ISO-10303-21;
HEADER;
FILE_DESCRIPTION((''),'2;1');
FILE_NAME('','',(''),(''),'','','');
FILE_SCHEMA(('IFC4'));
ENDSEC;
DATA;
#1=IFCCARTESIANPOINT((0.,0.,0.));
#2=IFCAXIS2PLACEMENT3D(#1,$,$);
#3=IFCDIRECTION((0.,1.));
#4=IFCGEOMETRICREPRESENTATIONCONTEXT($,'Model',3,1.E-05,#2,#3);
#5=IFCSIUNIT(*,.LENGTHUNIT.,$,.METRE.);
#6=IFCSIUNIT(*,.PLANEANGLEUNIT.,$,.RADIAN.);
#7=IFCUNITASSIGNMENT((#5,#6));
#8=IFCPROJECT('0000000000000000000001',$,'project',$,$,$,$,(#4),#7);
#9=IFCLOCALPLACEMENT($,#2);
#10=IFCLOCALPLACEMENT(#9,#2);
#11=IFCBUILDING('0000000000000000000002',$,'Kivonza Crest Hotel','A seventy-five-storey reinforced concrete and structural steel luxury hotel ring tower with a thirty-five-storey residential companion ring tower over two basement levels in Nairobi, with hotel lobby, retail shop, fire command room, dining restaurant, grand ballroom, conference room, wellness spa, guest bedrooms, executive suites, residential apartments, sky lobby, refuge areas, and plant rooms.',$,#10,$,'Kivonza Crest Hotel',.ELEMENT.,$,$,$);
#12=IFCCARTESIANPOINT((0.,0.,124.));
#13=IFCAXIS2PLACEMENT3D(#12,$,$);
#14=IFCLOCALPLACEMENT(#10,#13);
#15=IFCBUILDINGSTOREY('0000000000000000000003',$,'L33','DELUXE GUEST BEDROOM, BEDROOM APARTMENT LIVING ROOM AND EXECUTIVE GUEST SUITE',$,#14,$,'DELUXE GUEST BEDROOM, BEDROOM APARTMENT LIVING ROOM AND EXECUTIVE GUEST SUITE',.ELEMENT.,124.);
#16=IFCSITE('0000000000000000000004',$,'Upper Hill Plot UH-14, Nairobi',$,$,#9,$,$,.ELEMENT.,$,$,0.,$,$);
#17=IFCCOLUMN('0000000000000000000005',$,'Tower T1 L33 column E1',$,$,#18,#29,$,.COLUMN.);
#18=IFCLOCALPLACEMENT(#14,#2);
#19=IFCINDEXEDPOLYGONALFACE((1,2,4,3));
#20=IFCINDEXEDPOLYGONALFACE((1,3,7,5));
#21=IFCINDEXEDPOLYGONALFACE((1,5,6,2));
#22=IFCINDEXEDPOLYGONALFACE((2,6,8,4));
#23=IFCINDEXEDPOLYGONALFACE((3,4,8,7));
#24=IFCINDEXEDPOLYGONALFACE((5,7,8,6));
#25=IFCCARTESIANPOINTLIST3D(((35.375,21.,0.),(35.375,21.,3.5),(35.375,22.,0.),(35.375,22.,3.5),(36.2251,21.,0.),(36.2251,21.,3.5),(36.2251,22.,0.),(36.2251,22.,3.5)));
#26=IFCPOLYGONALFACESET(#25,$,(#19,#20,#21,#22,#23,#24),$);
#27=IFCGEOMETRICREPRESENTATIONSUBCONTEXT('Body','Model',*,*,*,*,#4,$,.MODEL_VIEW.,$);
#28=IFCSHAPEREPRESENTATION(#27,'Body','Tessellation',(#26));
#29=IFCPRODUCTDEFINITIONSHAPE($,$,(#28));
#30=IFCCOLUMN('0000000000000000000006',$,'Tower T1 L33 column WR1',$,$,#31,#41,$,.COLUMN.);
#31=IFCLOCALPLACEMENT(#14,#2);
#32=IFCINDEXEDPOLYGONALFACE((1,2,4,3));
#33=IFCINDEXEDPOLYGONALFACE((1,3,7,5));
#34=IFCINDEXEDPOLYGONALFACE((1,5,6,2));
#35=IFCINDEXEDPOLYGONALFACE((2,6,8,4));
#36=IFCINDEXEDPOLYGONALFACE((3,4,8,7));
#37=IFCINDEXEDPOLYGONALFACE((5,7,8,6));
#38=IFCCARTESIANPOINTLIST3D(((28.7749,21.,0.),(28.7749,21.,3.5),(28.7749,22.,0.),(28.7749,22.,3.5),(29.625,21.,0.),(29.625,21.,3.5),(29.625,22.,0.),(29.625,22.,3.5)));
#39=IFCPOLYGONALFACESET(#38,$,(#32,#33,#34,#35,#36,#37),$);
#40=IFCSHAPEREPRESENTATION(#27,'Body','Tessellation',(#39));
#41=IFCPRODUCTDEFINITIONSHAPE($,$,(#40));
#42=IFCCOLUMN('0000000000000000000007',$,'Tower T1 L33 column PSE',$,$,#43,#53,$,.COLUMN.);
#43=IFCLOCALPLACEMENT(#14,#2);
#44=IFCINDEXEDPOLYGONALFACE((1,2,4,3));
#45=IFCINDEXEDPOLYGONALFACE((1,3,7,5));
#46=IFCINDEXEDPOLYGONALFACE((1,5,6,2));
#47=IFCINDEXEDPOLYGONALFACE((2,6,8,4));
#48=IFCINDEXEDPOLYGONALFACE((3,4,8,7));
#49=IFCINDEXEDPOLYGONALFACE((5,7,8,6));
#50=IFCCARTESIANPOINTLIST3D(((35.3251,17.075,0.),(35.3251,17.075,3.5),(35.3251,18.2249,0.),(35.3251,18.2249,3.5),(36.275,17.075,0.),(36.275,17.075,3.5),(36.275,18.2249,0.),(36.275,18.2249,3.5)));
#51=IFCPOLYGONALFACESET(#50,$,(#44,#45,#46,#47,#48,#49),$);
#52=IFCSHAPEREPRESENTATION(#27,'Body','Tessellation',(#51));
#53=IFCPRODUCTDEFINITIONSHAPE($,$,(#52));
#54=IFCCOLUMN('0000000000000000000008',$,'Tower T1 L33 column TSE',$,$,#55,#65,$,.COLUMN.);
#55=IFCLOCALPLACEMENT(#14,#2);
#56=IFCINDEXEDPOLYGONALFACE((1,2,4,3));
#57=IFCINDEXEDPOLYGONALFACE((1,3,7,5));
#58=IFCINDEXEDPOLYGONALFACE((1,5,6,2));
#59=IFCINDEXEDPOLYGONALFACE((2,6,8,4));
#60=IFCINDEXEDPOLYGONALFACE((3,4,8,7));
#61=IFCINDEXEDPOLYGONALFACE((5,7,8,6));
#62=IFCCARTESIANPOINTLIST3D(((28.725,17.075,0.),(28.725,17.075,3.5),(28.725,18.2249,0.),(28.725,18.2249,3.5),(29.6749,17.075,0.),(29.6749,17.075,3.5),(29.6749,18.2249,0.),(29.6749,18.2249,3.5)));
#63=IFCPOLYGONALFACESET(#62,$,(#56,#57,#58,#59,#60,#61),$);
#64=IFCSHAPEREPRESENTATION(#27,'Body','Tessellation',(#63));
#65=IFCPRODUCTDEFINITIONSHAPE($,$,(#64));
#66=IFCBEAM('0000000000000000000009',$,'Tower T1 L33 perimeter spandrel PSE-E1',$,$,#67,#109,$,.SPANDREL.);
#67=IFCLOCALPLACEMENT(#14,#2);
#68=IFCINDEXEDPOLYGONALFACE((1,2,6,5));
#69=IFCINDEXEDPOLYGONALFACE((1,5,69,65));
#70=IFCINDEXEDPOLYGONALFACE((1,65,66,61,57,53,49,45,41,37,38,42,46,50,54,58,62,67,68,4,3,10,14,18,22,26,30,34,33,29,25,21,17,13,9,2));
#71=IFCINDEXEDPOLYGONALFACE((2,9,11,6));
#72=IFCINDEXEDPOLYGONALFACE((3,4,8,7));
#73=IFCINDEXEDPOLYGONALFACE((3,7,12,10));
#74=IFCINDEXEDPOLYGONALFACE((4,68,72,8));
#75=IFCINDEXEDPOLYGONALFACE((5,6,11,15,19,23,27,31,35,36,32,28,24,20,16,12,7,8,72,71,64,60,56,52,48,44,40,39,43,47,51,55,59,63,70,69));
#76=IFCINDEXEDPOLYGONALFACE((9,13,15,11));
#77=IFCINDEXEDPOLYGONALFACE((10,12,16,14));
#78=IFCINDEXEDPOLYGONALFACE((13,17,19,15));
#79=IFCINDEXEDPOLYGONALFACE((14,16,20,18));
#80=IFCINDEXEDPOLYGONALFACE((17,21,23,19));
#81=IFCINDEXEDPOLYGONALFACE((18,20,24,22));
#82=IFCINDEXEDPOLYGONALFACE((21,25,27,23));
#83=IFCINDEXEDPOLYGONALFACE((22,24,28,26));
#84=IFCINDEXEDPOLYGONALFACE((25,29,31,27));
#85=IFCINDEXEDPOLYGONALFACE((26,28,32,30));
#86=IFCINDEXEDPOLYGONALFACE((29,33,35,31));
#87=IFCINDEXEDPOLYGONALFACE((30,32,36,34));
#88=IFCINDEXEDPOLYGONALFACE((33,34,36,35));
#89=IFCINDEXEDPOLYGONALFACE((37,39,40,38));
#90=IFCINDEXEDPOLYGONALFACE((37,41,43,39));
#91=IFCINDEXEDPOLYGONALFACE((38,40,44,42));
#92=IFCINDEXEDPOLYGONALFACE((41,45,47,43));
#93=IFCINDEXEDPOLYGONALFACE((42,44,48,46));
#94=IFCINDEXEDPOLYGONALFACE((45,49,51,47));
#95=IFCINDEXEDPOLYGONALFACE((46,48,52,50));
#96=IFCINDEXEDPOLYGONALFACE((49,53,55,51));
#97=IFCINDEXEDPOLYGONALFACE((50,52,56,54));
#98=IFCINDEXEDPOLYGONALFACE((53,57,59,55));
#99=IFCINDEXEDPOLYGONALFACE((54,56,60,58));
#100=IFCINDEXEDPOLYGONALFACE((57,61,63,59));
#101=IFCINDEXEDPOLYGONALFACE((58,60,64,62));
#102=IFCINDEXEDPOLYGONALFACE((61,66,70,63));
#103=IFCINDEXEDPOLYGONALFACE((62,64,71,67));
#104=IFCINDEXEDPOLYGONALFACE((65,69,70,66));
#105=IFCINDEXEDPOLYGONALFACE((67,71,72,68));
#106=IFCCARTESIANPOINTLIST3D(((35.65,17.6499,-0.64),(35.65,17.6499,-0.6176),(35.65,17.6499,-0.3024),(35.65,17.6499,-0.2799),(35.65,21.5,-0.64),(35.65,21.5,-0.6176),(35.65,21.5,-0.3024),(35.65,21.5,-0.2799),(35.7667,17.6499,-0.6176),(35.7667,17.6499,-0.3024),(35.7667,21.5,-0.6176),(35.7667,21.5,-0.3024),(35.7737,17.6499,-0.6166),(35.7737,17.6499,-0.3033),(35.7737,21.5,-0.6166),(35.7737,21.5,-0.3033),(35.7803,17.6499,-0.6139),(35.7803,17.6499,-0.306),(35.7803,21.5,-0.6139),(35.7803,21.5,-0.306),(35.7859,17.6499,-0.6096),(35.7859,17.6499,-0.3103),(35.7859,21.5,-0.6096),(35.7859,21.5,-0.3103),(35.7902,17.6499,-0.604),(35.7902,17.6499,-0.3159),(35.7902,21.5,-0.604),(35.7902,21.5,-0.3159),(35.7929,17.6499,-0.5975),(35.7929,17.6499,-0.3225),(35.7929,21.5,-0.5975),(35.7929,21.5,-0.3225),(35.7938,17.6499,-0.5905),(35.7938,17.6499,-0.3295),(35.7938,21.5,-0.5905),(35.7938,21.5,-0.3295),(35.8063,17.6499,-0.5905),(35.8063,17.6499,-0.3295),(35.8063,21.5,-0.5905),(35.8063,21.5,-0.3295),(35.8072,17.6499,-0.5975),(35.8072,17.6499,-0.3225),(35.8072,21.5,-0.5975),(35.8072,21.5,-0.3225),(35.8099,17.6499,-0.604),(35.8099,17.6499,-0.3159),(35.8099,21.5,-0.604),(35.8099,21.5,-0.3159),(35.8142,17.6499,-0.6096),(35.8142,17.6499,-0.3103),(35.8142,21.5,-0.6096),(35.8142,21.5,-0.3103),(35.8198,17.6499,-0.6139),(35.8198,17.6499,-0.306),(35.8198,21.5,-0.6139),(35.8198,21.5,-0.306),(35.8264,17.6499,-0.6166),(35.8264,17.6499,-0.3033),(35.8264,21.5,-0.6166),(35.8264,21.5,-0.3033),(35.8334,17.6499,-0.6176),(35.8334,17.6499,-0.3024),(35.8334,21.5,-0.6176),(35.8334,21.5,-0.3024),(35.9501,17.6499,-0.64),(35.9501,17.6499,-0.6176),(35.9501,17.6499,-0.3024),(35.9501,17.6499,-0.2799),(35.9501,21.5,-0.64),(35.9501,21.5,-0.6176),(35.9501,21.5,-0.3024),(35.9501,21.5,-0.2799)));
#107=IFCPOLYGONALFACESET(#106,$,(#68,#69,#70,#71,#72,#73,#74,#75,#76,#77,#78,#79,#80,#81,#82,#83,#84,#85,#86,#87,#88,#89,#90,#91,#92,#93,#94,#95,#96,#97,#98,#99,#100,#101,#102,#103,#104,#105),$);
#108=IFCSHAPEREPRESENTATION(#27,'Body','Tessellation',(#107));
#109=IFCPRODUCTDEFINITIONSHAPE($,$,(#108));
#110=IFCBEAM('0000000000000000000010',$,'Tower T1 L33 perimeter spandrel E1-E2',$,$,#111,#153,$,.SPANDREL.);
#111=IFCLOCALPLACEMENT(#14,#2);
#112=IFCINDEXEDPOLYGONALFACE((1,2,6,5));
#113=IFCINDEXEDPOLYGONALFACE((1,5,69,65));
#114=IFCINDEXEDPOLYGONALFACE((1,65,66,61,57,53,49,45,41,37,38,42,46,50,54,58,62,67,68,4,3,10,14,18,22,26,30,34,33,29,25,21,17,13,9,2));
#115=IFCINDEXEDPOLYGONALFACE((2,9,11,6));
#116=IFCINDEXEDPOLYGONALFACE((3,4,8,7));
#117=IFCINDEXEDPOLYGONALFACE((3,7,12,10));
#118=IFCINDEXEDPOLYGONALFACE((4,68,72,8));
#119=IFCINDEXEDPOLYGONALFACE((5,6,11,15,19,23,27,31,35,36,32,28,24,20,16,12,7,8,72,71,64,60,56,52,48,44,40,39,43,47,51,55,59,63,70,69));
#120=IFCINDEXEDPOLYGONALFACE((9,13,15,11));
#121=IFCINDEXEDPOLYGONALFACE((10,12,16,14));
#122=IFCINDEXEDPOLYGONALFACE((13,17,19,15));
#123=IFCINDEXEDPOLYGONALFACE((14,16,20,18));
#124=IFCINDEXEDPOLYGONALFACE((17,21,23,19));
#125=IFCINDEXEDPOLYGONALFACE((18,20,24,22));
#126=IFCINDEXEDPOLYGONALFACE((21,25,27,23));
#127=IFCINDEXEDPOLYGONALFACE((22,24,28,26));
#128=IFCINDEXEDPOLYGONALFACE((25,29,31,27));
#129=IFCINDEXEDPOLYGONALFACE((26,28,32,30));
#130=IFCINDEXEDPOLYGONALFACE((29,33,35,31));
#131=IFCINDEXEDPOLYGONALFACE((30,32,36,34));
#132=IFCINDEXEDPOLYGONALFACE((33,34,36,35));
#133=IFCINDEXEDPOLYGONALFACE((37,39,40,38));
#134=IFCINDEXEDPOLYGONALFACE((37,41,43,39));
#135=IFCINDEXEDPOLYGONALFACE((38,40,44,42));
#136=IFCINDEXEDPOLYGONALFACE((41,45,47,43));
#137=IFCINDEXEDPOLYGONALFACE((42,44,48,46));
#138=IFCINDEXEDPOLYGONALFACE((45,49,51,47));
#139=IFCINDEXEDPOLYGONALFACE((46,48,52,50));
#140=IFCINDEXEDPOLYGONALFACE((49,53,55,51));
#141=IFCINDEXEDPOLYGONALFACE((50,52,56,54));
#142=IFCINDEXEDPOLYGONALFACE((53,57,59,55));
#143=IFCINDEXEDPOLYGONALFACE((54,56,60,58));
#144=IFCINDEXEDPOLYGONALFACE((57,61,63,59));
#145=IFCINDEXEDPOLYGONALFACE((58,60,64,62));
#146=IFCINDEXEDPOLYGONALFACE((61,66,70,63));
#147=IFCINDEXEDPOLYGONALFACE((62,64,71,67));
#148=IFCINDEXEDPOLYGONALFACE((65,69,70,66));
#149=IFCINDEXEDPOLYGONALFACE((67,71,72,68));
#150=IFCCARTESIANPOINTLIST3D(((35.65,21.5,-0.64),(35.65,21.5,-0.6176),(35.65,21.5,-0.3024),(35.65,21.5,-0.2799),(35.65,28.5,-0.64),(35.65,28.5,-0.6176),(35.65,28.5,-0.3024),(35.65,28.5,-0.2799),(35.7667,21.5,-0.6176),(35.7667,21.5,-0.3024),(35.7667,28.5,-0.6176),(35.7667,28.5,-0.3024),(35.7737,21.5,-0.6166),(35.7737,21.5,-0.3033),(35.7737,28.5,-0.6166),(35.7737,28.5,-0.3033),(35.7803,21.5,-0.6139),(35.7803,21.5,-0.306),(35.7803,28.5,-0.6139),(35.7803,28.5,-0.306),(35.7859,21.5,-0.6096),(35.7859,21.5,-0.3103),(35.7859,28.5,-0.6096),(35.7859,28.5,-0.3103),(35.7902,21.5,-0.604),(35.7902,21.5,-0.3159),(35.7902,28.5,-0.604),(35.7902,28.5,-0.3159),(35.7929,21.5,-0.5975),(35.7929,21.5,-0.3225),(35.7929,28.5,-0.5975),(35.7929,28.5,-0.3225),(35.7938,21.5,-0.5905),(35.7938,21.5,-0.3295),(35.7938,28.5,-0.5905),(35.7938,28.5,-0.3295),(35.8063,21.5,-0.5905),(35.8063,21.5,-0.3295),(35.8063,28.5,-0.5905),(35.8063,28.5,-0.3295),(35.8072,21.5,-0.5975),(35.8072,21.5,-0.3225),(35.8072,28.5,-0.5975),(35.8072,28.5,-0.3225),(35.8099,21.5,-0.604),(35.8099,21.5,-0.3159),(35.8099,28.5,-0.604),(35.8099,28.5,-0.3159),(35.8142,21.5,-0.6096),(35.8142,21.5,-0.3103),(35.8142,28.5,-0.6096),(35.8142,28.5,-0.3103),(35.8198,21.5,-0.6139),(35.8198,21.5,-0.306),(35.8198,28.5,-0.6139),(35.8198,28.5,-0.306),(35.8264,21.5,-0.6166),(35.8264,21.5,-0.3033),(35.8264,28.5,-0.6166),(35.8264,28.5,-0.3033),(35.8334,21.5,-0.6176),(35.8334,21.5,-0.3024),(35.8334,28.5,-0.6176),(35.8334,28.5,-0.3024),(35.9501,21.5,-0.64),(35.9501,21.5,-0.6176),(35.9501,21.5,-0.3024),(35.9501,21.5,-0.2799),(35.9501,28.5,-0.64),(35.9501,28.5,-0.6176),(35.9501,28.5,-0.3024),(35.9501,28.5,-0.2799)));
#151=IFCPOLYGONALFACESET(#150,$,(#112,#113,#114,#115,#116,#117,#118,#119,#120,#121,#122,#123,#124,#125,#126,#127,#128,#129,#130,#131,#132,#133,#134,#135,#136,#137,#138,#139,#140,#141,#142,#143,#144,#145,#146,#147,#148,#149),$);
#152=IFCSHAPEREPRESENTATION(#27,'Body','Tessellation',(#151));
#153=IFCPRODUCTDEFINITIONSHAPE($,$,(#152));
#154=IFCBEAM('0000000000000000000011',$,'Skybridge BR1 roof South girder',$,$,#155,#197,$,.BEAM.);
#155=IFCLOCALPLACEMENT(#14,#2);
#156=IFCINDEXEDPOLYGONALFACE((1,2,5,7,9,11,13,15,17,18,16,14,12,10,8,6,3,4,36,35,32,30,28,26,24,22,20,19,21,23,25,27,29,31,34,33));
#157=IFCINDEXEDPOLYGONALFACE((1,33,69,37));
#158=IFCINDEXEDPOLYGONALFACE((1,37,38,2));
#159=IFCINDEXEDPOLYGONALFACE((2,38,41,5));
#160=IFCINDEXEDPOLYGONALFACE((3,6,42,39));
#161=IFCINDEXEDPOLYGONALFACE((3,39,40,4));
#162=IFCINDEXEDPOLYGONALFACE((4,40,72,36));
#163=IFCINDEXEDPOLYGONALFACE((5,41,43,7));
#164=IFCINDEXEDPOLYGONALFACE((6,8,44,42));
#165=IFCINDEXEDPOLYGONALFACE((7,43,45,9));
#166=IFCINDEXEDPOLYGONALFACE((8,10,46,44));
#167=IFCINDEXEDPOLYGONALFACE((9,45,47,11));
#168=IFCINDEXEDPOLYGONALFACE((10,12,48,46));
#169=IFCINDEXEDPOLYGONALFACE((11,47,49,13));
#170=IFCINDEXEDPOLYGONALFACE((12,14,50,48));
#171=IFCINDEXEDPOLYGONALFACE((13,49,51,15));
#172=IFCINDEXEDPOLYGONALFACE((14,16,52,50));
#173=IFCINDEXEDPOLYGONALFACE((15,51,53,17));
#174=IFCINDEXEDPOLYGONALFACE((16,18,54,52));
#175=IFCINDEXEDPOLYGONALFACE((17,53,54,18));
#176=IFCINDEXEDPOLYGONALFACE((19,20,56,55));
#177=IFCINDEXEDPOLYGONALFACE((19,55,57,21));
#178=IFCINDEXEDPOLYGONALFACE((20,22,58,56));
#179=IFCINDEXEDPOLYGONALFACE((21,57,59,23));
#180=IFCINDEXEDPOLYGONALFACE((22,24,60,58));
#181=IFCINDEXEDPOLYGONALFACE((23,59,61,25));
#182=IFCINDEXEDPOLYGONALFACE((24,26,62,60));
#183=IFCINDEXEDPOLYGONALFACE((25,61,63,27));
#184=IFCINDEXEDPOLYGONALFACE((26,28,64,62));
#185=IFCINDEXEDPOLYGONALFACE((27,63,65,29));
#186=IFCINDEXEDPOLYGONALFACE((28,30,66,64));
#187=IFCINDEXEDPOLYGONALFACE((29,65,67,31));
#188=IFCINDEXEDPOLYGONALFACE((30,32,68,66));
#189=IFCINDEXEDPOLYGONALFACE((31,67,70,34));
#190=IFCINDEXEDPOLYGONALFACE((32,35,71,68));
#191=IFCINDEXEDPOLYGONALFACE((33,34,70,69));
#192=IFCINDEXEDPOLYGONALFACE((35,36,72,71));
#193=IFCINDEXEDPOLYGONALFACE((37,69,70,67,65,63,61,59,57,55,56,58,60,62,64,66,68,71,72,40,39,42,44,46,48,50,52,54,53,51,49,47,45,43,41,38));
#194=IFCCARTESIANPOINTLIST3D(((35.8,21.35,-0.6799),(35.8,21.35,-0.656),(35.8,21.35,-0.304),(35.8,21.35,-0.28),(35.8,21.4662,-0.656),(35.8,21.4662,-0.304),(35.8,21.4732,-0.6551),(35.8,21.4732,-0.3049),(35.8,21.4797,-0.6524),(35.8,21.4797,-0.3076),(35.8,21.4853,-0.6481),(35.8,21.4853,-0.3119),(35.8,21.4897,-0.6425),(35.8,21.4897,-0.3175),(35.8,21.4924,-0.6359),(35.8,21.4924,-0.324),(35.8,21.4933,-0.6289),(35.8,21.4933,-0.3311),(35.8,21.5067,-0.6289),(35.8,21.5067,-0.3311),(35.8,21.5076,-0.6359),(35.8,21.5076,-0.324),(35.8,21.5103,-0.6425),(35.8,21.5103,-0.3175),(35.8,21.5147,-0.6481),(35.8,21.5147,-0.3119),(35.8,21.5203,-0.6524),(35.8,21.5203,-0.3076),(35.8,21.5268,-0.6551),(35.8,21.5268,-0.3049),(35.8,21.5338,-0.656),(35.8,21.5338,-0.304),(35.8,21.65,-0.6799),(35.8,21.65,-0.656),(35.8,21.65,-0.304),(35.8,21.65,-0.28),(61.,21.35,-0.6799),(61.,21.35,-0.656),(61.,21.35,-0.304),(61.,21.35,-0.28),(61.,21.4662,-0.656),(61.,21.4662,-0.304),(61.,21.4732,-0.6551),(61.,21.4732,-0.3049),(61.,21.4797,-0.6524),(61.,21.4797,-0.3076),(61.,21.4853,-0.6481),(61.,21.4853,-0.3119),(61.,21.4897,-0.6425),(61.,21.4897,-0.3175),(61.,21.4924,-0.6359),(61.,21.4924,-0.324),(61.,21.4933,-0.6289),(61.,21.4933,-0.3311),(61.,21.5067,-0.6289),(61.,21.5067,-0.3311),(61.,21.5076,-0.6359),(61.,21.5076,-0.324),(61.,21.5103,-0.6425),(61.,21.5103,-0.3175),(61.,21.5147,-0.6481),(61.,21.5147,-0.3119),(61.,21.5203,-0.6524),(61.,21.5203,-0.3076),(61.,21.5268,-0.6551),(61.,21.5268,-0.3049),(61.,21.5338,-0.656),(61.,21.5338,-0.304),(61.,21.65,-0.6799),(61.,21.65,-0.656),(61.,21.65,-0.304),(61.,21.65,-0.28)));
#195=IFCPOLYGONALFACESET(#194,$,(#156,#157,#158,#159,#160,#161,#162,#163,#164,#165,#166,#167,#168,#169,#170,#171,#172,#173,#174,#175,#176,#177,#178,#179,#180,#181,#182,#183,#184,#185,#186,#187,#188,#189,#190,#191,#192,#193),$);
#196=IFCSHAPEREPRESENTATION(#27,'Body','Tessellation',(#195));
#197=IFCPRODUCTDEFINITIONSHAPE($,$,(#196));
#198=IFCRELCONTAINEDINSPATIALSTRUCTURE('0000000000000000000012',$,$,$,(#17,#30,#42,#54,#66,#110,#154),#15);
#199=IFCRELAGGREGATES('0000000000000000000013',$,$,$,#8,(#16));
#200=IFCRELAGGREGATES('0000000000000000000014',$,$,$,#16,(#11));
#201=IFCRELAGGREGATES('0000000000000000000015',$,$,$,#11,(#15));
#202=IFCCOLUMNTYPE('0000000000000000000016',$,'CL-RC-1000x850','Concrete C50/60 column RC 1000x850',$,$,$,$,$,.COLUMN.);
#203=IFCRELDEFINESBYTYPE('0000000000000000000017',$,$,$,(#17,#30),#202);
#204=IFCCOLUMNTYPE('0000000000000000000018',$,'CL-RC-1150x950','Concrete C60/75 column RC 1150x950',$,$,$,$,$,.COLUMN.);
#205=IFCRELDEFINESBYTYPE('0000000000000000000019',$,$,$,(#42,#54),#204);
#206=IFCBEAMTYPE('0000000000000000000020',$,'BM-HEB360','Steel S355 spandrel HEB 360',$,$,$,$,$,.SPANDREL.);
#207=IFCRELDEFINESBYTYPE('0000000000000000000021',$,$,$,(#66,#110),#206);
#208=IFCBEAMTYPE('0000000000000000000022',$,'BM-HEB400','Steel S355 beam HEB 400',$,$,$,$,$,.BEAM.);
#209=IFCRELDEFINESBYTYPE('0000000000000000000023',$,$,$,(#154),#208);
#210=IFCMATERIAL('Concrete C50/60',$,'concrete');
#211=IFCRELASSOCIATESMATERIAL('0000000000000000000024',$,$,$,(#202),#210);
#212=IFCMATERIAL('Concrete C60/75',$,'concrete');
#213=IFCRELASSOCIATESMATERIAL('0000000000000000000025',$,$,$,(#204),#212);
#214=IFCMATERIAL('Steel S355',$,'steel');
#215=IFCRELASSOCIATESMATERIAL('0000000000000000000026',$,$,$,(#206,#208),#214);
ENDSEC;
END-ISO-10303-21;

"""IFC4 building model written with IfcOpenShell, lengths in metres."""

from ifc_helpers import new_model, si_unit, direction, frame, origin, origin_2d, place, context, subcontext, project, spatial, rectangle, i_section, extrude, material, material_profile, profile_set, type_object, element, save


model = new_model("IFC4")

# Units and contexts
model_context = context("Model", 3, precision=1e-05, world=origin(), true_north=direction((0.0, 1.0)))
body_context = subcontext(model_context, "Body", "Model", "MODEL_VIEW")
ifc_project = project(units=[si_unit("LENGTHUNIT", "METRE"), si_unit("PLANEANGLEUNIT", "RADIAN")], contexts=[model_context])

# Site, building, storey
site_placement = place(None, origin())
site = spatial("IfcSite", under=ifc_project, at=site_placement, Name="Upper Hill Plot UH-14, Nairobi", CompositionType="ELEMENT", RefElevation=0.0)
building_placement = place(site_placement, origin())
building = spatial("IfcBuilding", under=site, at=building_placement, Name="Kivonza Crest Hotel", Description="A seventy-five-storey reinforced concrete and structural steel luxury hotel ring tower with a thirty-five-storey residential companion ring tower over two basement levels in Nairobi, with hotel lobby, retail shop, fire command room, dining restaurant, grand ballroom, conference room, wellness spa, guest bedrooms, executive suites, residential apartments, sky lobby, refuge areas, and plant rooms.", LongName="Kivonza Crest Hotel", CompositionType="ELEMENT")
storey_placement = place(building_placement, frame((0.0, 0.0, 124.0)))
storey = spatial("IfcBuildingStorey", under=building, at=storey_placement, Name="L33", Description="DELUXE GUEST BEDROOM, BEDROOM APARTMENT LIVING ROOM AND EXECUTIVE GUEST SUITE", LongName="DELUXE GUEST BEDROOM, BEDROOM APARTMENT LIVING ROOM AND EXECUTIVE GUEST SUITE", CompositionType="ELEMENT", Elevation=124.0)

# Columns
ifc_material_1 = material(Name="Concrete C50/60", Category="concrete")
ifc_material_profile_1 = material_profile(ifc_material_1, rectangle(XDim=0.8501, YDim=1.0, at=origin_2d()), Name="RC 1000x850")
ifc_profile_set_1 = profile_set([ifc_material_profile_1], Name="Concrete C50/60")
column_type_1 = type_object("IfcColumnType", Name="CL-RC-1000x850", Description="Concrete C50/60 column RC 1000x850", PredefinedType="COLUMN", material=ifc_profile_set_1)
for number, where, z_axis, x_axis, name in (
    (1, (35.8, 21.5, 0.0), (0.0, 0.0, 1.0), (1.0, 0.0, 0.0), "Tower T1 L33 column E1"),
    (2, (29.2, 21.5, 0.0), (0.0, 0.0, 1.0), (1.0, 0.0, 0.0), "Tower T1 L33 column WR1"),
):
    element("IfcColumn", number, at=place(storey_placement, frame(where, z_axis=z_axis, x_axis=x_axis)), inside=storey, type_object=column_type_1, Name=name, PredefinedType="COLUMN", context=body_context, shape_type="SweptSolid", body=[
        extrude(rectangle(XDim=0.8501, YDim=1.0, at=origin_2d()), origin(), (0.0, 0.0, 1.0), 3.5),
    ])
ifc_material_2 = material(Name="Concrete C60/75", Category="concrete")
ifc_material_profile_2 = material_profile(ifc_material_2, rectangle(XDim=0.95, YDim=1.1499, at=origin_2d()), Name="RC 1150x950")
ifc_profile_set_2 = profile_set([ifc_material_profile_2], Name="Concrete C60/75")
column_type_2 = type_object("IfcColumnType", Name="CL-RC-1150x950", Description="Concrete C60/75 column RC 1150x950", PredefinedType="COLUMN", material=ifc_profile_set_2)
for number, where, z_axis, x_axis, name in (
    (3, (35.8, 17.6499, 0.0), (0.0, 0.0, 1.0), (1.0, 0.0, 0.0), "Tower T1 L33 column PSE"),
    (4, (29.2, 17.6499, 0.0), (0.0, 0.0, 1.0), (1.0, 0.0, 0.0), "Tower T1 L33 column TSE"),
):
    element("IfcColumn", number, at=place(storey_placement, frame(where, z_axis=z_axis, x_axis=x_axis)), inside=storey, type_object=column_type_2, Name=name, PredefinedType="COLUMN", context=body_context, shape_type="SweptSolid", body=[
        extrude(rectangle(XDim=0.95, YDim=1.1499, at=origin_2d()), origin(), (0.0, 0.0, 1.0), 3.5),
    ])

# Beams
ifc_material_3 = material(Name="Steel S355", Category="steel")
ifc_material_profile_3 = material_profile(ifc_material_3, i_section(OverallWidth=0.3, OverallDepth=0.3601, WebThickness=0.0125, FlangeThickness=0.0225, FilletRadius=0.0271, at=origin_2d()), Name="HEB 360")
ifc_profile_set_3 = profile_set([ifc_material_profile_3], Name="Steel S355")
beam_type_1 = type_object("IfcBeamType", Name="BM-HEB360", Description="Steel S355 spandrel HEB 360", PredefinedType="SPANDREL", material=ifc_profile_set_3)
beam_1_placement = place(storey_placement, frame((35.8, 17.6499, -0.46), z_axis=(0.0, 1.0, 0.0), x_axis=(-1.0, 0.0, 0.0)))
element("IfcBeam", 5, at=beam_1_placement, inside=storey, type_object=beam_type_1, Name="Tower T1 L33 perimeter spandrel PSE-E1", PredefinedType="SPANDREL", context=body_context, shape_type="SweptSolid", body=[
    extrude(i_section(OverallWidth=0.3, OverallDepth=0.3601, WebThickness=0.0125, FlangeThickness=0.0225, FilletRadius=0.0271, at=origin_2d()), origin(), (0.0, 0.0, 1.0), 3.8501),
])
beam_2_placement = place(storey_placement, frame((35.8, 21.5, -0.46), z_axis=(0.0, 1.0, 0.0), x_axis=(-1.0, 0.0, 0.0)))
element("IfcBeam", 6, at=beam_2_placement, inside=storey, type_object=beam_type_1, Name="Tower T1 L33 perimeter spandrel E1-E2", PredefinedType="SPANDREL", context=body_context, shape_type="SweptSolid", body=[
    extrude(i_section(OverallWidth=0.3, OverallDepth=0.3601, WebThickness=0.0125, FlangeThickness=0.0225, FilletRadius=0.0271, at=origin_2d()), origin(), (0.0, 0.0, 1.0), 7.0),
])
ifc_material_profile_4 = material_profile(ifc_material_3, i_section(OverallWidth=0.3, OverallDepth=0.3999, WebThickness=0.0134, FlangeThickness=0.0239, FilletRadius=0.0271, at=origin_2d()), Name="HEB 400")
ifc_profile_set_4 = profile_set([ifc_material_profile_4], Name="Steel S355")
beam_type_2 = type_object("IfcBeamType", Name="BM-HEB400", Description="Steel S355 beam HEB 400", PredefinedType="BEAM", material=ifc_profile_set_4)
beam_3_placement = place(storey_placement, frame((35.8, 21.5, -0.48), z_axis=(1.0, 0.0, 0.0), x_axis=(0.0, 1.0, 0.0)))
element("IfcBeam", 7, at=beam_3_placement, inside=storey, type_object=beam_type_2, Name="Skybridge BR1 roof South girder", PredefinedType="BEAM", context=body_context, shape_type="SweptSolid", body=[
    extrude(i_section(OverallWidth=0.3, OverallDepth=0.3999, WebThickness=0.0134, FlangeThickness=0.0239, FilletRadius=0.0271, at=origin_2d()), origin(), (0.0, 0.0, 1.0), 25.2),
])

save(model, "model.ifc")
